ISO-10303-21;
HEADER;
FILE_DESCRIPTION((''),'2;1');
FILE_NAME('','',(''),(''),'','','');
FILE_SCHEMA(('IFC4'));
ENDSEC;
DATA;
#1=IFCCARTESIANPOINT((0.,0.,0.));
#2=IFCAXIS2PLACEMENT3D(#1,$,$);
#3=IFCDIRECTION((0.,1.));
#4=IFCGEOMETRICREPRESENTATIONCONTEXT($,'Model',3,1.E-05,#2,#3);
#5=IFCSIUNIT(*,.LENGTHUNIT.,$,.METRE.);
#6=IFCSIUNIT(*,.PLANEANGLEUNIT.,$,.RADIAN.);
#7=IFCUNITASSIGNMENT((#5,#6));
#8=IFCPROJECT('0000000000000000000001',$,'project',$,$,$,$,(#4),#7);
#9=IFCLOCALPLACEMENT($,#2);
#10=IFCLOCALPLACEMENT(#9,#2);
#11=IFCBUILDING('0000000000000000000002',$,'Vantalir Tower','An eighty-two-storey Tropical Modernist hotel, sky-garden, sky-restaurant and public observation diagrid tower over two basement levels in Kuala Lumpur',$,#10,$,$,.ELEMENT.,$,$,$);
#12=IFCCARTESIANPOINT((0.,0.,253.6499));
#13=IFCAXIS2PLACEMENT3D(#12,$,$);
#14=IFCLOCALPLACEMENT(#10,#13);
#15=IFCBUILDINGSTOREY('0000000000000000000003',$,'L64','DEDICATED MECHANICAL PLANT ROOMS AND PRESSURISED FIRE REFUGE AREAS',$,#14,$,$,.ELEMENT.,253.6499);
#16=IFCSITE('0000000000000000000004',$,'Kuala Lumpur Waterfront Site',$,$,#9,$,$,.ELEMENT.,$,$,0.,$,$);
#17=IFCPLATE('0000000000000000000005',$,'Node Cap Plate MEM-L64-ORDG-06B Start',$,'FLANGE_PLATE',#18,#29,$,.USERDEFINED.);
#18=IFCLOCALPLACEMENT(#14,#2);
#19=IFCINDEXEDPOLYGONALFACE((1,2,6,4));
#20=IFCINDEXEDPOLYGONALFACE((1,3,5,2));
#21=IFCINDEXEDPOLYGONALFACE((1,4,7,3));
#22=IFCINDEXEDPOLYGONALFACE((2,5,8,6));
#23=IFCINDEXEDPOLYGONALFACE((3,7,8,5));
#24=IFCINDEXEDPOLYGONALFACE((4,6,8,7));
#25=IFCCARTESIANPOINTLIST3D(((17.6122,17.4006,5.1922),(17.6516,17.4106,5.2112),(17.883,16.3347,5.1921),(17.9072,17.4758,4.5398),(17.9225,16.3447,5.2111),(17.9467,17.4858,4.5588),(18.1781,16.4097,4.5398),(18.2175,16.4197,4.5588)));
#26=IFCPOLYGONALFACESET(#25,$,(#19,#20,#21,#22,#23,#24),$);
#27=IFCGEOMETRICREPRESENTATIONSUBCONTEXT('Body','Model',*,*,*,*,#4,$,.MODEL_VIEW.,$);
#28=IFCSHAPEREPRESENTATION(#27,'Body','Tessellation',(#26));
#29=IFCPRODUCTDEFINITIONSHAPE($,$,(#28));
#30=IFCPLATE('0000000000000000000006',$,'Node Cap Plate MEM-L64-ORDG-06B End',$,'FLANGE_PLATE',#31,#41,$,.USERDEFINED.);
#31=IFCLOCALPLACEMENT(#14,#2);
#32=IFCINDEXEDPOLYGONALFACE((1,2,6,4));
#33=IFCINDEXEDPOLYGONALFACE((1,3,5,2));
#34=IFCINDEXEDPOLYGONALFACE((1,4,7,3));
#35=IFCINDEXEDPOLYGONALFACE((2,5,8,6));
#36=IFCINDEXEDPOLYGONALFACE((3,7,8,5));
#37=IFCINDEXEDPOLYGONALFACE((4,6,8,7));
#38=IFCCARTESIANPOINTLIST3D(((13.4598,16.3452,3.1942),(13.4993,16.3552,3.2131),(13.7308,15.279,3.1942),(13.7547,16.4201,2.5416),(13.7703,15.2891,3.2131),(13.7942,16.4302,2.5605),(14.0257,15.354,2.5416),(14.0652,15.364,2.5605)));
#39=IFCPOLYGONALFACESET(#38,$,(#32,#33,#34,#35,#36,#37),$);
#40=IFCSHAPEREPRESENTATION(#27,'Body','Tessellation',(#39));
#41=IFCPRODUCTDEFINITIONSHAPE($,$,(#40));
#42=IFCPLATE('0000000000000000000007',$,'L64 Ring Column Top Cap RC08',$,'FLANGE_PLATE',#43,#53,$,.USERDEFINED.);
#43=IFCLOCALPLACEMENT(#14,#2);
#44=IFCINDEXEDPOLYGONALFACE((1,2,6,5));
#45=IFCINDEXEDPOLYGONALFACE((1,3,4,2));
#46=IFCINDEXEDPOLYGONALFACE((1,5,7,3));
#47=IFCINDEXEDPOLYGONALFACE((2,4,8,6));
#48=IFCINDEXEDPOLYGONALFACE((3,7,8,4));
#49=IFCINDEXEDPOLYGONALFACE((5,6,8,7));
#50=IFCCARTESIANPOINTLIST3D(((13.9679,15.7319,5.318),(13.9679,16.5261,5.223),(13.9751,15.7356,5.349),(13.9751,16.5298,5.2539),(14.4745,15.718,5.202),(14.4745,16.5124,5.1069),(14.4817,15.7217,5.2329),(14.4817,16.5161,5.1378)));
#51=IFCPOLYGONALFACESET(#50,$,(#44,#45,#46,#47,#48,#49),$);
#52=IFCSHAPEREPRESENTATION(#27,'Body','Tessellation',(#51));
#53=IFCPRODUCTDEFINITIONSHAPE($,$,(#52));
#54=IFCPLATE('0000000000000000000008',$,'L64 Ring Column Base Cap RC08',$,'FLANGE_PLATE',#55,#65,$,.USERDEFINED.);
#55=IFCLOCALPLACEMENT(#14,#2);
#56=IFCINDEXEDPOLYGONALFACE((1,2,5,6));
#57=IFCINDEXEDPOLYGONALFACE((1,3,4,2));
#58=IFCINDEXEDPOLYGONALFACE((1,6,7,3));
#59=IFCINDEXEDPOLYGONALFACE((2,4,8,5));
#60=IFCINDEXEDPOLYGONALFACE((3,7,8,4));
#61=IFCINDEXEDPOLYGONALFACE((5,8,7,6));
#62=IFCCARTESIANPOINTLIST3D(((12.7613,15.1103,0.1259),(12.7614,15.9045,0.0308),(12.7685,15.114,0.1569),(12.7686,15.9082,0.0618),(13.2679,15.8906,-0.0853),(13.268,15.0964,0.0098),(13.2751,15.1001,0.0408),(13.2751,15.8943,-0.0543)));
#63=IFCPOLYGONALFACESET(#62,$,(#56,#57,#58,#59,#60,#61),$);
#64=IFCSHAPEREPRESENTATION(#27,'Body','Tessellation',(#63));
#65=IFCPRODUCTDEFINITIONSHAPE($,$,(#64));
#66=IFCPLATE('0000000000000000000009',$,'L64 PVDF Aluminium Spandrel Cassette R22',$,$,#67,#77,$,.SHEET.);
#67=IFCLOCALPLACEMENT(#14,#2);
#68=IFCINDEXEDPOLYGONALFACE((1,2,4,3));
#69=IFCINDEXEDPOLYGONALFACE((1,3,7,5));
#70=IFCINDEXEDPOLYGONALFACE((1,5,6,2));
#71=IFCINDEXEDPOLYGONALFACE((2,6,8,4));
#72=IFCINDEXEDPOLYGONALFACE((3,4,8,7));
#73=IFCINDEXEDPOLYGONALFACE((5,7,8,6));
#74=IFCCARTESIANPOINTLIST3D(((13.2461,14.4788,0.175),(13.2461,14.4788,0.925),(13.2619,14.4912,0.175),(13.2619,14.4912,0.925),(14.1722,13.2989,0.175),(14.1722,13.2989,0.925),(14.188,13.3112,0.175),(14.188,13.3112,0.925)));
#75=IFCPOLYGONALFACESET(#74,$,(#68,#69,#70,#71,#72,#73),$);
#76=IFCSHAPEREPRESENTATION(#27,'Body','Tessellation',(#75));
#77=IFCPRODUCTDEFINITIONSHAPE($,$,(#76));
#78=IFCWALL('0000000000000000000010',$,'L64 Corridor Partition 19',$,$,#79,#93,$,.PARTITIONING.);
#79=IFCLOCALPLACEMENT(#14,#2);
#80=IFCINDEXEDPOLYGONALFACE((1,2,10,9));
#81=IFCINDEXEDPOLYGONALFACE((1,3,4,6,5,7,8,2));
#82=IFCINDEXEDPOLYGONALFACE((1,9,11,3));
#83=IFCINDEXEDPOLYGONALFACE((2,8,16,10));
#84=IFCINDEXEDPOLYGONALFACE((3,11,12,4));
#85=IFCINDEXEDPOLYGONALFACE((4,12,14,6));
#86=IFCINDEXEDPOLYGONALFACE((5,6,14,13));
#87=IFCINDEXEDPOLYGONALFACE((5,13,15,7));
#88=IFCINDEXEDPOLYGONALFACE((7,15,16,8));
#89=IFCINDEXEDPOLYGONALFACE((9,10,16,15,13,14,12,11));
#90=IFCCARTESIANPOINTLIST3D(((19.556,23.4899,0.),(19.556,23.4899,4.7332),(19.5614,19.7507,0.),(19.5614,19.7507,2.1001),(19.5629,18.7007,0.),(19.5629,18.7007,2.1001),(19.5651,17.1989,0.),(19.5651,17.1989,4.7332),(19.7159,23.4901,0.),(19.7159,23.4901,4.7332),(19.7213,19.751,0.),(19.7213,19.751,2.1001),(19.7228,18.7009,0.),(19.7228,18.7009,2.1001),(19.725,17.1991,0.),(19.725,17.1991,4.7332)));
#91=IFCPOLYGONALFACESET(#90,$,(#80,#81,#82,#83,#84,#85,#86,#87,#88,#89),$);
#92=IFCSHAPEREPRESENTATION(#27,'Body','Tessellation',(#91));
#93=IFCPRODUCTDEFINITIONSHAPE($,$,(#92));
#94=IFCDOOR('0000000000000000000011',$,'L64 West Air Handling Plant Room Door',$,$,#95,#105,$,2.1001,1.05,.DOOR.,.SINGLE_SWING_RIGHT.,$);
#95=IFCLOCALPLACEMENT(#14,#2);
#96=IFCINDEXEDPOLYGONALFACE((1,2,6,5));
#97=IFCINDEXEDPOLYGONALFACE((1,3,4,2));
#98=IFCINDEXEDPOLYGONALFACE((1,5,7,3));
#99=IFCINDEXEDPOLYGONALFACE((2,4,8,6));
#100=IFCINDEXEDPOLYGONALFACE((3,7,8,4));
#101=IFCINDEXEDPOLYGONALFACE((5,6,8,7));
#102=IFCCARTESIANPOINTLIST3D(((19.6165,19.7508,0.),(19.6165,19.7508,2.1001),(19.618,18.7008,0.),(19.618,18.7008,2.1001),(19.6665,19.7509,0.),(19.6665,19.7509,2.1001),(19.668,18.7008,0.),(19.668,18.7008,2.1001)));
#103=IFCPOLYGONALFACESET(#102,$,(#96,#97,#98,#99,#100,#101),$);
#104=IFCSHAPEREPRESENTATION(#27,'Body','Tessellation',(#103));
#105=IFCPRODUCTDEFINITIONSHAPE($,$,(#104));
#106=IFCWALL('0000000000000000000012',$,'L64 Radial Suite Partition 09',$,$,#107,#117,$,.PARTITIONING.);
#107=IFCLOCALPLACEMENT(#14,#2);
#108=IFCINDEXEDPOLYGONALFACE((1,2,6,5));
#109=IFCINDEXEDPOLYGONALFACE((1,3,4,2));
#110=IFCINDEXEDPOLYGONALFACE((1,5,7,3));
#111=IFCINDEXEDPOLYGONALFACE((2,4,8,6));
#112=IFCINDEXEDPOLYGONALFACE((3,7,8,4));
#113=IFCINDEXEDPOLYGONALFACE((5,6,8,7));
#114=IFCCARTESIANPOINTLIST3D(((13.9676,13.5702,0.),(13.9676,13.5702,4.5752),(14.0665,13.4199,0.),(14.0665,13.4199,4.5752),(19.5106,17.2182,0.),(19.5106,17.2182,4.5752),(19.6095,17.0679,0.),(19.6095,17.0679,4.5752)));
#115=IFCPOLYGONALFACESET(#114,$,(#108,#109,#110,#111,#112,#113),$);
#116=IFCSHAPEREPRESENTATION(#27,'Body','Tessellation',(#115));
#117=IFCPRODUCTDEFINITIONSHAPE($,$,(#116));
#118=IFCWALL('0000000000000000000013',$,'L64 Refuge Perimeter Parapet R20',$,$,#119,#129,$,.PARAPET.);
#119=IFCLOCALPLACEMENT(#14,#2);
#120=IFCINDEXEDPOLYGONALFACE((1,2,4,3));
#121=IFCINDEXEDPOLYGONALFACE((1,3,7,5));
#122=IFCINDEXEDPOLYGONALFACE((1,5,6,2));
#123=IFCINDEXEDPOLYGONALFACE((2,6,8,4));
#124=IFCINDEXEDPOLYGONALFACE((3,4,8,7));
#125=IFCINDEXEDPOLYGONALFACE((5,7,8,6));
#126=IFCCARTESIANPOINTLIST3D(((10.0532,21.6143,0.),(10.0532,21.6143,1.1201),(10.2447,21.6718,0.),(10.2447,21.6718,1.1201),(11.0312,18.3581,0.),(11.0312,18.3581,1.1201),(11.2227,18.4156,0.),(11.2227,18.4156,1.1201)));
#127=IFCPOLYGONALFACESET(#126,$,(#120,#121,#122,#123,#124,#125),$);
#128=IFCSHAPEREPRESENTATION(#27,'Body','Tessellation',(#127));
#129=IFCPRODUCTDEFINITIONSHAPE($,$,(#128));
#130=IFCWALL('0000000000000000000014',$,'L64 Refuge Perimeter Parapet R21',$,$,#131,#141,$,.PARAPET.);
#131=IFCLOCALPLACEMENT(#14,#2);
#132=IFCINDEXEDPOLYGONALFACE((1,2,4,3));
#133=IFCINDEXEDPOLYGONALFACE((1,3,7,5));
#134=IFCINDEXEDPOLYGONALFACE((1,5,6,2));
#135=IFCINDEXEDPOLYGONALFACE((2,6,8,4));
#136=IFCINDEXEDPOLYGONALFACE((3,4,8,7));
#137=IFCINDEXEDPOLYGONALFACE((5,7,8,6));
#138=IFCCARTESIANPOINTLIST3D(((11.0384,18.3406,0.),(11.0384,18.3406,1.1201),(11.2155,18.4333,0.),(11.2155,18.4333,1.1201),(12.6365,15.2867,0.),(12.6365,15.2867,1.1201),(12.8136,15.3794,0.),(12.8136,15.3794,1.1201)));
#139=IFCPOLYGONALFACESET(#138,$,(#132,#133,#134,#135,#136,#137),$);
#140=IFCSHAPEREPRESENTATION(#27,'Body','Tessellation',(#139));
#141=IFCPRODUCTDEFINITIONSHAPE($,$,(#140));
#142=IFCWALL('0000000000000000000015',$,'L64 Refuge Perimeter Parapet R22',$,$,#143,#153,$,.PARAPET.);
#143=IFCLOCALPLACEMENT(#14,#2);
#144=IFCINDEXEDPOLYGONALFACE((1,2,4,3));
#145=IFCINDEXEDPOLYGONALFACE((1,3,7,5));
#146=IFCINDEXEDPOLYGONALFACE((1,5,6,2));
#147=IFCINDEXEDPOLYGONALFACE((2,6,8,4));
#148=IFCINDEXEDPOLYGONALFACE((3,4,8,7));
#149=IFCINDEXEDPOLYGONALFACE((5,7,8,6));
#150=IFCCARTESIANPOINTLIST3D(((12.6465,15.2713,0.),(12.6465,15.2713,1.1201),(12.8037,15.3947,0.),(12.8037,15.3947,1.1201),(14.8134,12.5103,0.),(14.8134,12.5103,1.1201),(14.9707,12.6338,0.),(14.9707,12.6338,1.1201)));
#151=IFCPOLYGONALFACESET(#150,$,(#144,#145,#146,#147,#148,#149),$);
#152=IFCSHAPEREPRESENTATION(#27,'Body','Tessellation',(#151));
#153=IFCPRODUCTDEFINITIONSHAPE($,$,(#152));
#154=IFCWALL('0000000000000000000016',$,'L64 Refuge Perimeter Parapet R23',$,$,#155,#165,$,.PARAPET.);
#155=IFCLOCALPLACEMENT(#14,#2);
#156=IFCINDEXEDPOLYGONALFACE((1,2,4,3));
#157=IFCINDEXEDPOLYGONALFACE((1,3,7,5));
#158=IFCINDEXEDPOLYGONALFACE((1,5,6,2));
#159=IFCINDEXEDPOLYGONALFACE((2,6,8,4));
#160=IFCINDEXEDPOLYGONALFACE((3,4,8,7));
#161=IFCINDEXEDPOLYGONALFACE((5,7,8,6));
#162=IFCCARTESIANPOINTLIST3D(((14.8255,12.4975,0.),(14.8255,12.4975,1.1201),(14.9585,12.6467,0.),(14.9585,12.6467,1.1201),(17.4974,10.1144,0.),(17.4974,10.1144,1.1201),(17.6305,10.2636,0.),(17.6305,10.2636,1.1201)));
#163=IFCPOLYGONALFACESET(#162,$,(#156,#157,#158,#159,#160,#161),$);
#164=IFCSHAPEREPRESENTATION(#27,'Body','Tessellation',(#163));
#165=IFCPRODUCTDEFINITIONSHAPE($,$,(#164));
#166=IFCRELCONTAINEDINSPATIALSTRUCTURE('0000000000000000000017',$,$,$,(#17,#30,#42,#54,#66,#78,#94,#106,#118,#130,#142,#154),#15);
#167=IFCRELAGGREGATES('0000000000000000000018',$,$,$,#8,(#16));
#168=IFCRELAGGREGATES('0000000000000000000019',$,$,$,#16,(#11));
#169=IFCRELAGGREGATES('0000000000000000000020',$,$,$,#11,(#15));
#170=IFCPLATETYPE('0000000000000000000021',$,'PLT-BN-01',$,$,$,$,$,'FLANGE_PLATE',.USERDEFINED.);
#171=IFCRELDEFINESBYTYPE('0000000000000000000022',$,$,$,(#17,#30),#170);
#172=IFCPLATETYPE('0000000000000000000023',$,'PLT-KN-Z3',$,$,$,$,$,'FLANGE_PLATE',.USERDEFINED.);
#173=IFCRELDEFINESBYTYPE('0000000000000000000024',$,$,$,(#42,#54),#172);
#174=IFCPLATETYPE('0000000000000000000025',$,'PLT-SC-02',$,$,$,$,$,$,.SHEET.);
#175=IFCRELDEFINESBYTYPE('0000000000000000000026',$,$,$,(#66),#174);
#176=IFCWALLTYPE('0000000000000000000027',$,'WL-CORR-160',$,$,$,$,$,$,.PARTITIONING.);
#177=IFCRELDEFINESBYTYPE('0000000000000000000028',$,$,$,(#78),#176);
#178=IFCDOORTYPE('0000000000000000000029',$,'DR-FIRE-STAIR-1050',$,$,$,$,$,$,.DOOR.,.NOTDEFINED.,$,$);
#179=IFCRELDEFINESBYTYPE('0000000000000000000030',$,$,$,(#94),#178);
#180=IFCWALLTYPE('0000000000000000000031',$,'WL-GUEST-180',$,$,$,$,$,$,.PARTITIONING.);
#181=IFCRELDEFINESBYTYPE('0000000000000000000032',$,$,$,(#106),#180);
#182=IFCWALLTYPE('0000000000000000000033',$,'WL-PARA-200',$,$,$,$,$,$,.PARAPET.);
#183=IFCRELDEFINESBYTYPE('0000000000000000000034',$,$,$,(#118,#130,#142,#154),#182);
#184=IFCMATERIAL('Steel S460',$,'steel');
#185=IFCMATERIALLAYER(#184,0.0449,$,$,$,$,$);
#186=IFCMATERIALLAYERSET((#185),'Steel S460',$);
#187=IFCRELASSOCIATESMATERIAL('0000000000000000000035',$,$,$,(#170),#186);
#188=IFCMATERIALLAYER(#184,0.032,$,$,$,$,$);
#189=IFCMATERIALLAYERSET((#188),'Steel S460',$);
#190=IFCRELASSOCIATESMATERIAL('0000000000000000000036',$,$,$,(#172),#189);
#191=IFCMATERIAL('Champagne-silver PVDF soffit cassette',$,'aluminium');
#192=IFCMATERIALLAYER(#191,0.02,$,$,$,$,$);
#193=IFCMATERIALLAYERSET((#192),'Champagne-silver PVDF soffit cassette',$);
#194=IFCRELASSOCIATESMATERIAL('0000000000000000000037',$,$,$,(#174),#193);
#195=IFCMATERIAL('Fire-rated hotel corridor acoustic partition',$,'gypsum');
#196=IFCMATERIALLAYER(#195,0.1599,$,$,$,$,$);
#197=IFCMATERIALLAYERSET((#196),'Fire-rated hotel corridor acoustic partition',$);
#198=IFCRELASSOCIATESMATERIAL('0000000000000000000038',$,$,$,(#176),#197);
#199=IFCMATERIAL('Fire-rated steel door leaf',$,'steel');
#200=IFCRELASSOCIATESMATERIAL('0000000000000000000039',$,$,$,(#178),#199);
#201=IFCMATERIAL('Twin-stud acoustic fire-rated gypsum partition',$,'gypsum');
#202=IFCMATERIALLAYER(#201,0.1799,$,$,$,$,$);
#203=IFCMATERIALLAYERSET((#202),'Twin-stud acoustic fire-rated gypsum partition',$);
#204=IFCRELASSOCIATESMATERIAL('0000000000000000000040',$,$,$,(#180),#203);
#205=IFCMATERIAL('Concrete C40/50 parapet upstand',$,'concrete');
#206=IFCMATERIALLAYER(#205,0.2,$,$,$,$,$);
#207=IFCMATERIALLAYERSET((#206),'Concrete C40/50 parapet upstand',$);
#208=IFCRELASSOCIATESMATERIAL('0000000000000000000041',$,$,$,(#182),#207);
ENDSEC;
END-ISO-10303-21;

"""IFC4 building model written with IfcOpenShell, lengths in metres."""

from ifc_helpers import new_model, si_unit, direction, frame, frame_2d, origin, origin_2d, place, context, subcontext, project, spatial, polyline, rectangle, outline, extrude, material, layer, layer_set, type_object, element, fill, save


model = new_model("IFC4")

# Units and contexts
model_context = context("Model", 3, precision=1e-05, world=origin(), true_north=direction((0.0, 1.0)))
body_context = subcontext(model_context, "Body", "Model", "MODEL_VIEW")
ifc_project = project(units=[si_unit("LENGTHUNIT", "METRE"), si_unit("PLANEANGLEUNIT", "RADIAN")], contexts=[model_context])

# Site, building, storey
site_placement = place(None, origin())
site = spatial("IfcSite", under=ifc_project, at=site_placement, Name="Kuala Lumpur Waterfront Site", CompositionType="ELEMENT", RefElevation=0.0)
building_placement = place(site_placement, origin())
building = spatial("IfcBuilding", under=site, at=building_placement, Name="Vantalir Tower", Description="An eighty-two-storey Tropical Modernist hotel, sky-garden, sky-restaurant and public observation diagrid tower over two basement levels in Kuala Lumpur", CompositionType="ELEMENT")
storey_placement = place(building_placement, frame((0.0, 0.0, 253.6499)))
storey = spatial("IfcBuildingStorey", under=building, at=storey_placement, Name="L64", Description="DEDICATED MECHANICAL PLANT ROOMS AND PRESSURISED FIRE REFUGE AREAS", CompositionType="ELEMENT", Elevation=253.6499)

# Shared definitions
ifc_material_1 = material(Name="Steel S460", Category="steel")

# Plates
ifc_layer_1 = layer(ifc_material_1, 0.0449)
ifc_layer_set_1 = layer_set([ifc_layer_1], Name="Steel S460")
plate_type_1 = type_object("IfcPlateType", Name="PLT-BN-01", ElementType="FLANGE_PLATE", PredefinedType="USERDEFINED", material=ifc_layer_set_1)
plate_1_placement = place(storey_placement, frame((18.2175, 16.4197, 4.5588), z_axis=(0.878265, 0.223162, 0.422906), x_axis=(-0.246245, 0.969208, -0.000052)))
element("IfcPlate", 1, at=plate_1_placement, inside=storey, type_object=plate_type_1, Name="Node Cap Plate MEM-L64-ORDG-06B Start", ObjectType="FLANGE_PLATE", PredefinedType="USERDEFINED", context=body_context, shape_type="SweptSolid", body=[
    extrude(outline(polyline([(0.0, 0.0), (1.1, 0.0), (1.0998, 0.72), (-0.0001, 0.7198), (0.0, 0.0)])), origin(), (0.0, 0.0, -1.0), 0.0449),
])
plate_2_placement = place(storey_placement, frame((14.0652, 15.364, 2.5605), z_axis=(0.878382, 0.223266, 0.422607), x_axis=(-0.246346, 0.969182, 0.0)))
element("IfcPlate", 2, at=plate_2_placement, inside=storey, type_object=plate_type_1, Name="Node Cap Plate MEM-L64-ORDG-06B End", ObjectType="FLANGE_PLATE", PredefinedType="USERDEFINED", context=body_context, shape_type="SweptSolid", body=[
    extrude(outline(polyline([(0.0, 0.0), (1.1001, 0.0), (1.1001, 0.72), (0.0, 0.72), (0.0, 0.0)])), origin(), (0.0, 0.0, -1.0), 0.0449),
])
ifc_layer_2 = layer(ifc_material_1, 0.032)
ifc_layer_set_2 = layer_set([ifc_layer_2], Name="Steel S460")
plate_type_2 = type_object("IfcPlateType", Name="PLT-KN-Z3", ElementType="FLANGE_PLATE", PredefinedType="USERDEFINED", material=ifc_layer_set_2)
plate_3_placement = place(storey_placement, frame((13.9751, 16.5298, 5.2539), z_axis=(0.224859, 0.115824, 0.967483), x_axis=(0.000029, -0.992911, 0.118862)))
element("IfcPlate", 3, at=plate_3_placement, inside=storey, type_object=plate_type_2, Name="L64 Ring Column Top Cap RC08", ObjectType="FLANGE_PLATE", PredefinedType="USERDEFINED", context=body_context, shape_type="SweptSolid", body=[
    extrude(outline(polyline([(0.0, 0.0), (0.7998, 0.0), (0.7999, 0.5199), (-0.0002, 0.5199), (0.0, 0.0)])), origin(), (0.0, 0.0, -1.0), 0.032),
])
plate_4_placement = place(storey_placement, frame((12.7686, 15.9082, 0.0618), z_axis=(0.224885, 0.115841, 0.967475), x_axis=(-0.000033, -0.992907, 0.118894)))
element("IfcPlate", 4, at=plate_4_placement, inside=storey, type_object=plate_type_2, Name="L64 Ring Column Base Cap RC08", ObjectType="FLANGE_PLATE", PredefinedType="USERDEFINED", context=body_context, shape_type="SweptSolid", body=[
    extrude(outline(polyline([(0.0, 0.0), (0.7999, 0.0), (0.7999, 0.5199), (0.0, 0.5199), (0.0, 0.0)])), origin(), (0.0, 0.0, -1.0), 0.032),
])
ifc_material_2 = material(Name="Champagne-silver PVDF soffit cassette", Category="aluminium")
ifc_layer_3 = layer(ifc_material_2, 0.02)
ifc_layer_set_3 = layer_set([ifc_layer_3], Name="Champagne-silver PVDF soffit cassette")
plate_type_3 = type_object("IfcPlateType", Name="PLT-SC-02", PredefinedType="SHEET", material=ifc_layer_set_3)
plate_5_placement = place(storey_placement, frame((13.717, 13.895, 0.175), z_axis=(0.0, 0.0, 1.0), x_axis=(0.617407, -0.786644, 0.0)))
element("IfcPlate", 5, at=plate_5_placement, inside=storey, type_object=plate_type_3, Name="L64 PVDF Aluminium Spandrel Cassette R22", PredefinedType="SHEET", context=body_context, shape_type="SweptSolid", body=[
    extrude(rectangle(XDim=1.5, YDim=0.02, at=origin_2d()), origin(), (0.0, 0.0, 1.0), 0.75),
])

# Wall, opening, door
ifc_material_3 = material(Name="Fire-rated hotel corridor acoustic partition", Category="gypsum")
ifc_layer_4 = layer(ifc_material_3, 0.1599)
ifc_layer_set_4 = layer_set([ifc_layer_4], Name="Fire-rated hotel corridor acoustic partition")
wall_type_1 = type_object("IfcWallType", Name="WL-CORR-160", PredefinedType="PARTITIONING", material=ifc_layer_set_4)
wall_1_placement = place(storey_placement, frame((19.645, 17.199, 0.0), z_axis=(0.0, 0.0, 1.0), x_axis=(-0.001436, 0.999999, 0.0)))
wall_1 = element("IfcWall", 6, at=wall_1_placement, inside=storey, type_object=wall_type_1, Name="L64 Corridor Partition 19", PredefinedType="PARTITIONING", context=body_context, shape_type="SweptSolid", body=[
    extrude(rectangle(XDim=6.291, YDim=0.1599, at=frame_2d((3.1455, 0.0))), origin(), (0.0, 0.0, 1.0), 4.7332),
])
opening_placement = place(wall_1_placement, frame((1.502, 0.0, 0.0)))
opening = element("IfcOpeningElement", 7, at=opening_placement, cuts=wall_1, PredefinedType="OPENING", context=body_context, shape_type="SweptSolid", body=[
    extrude(rectangle(XDim=1.05, YDim=2.1001, at=frame_2d((0.5249, 1.05))), frame((0.0, 0.0898, 0.0), z_axis=(0.0, -1.0, 0.0), x_axis=(1.0, 0.0, 0.0)), (0.0, 0.0, 1.0), 0.1799),
])
ifc_material_4 = material(Name="Fire-rated steel door leaf", Category="steel")
door_type = type_object("IfcDoorType", Name="DR-FIRE-STAIR-1050", OperationType="NOTDEFINED", PredefinedType="DOOR", material=ifc_material_4)
door_placement = place(opening_placement, origin())
door = element("IfcDoor", 8, at=door_placement, inside=storey, type_object=door_type, Name="L64 West Air Handling Plant Room Door", OperationType="SINGLE_SWING_RIGHT", OverallHeight=2.1001, OverallWidth=1.05, PredefinedType="DOOR", context=body_context, shape_type="SweptSolid", body=[
    extrude(rectangle(XDim=1.05, YDim=2.1001, at=frame_2d((0.5249, 1.05))), frame((0.0, 0.0249, 0.0), z_axis=(0.0, -1.0, 0.0), x_axis=(1.0, 0.0, 0.0)), (0.0, 0.0, 1.0), 0.05),
])
fill(opening, door)

# Walls
ifc_material_5 = material(Name="Twin-stud acoustic fire-rated gypsum partition", Category="gypsum")
ifc_layer_5 = layer(ifc_material_5, 0.1799)
ifc_layer_set_5 = layer_set([ifc_layer_5], Name="Twin-stud acoustic fire-rated gypsum partition")
wall_type_2 = type_object("IfcWallType", Name="WL-GUEST-180", PredefinedType="PARTITIONING", material=ifc_layer_set_5)
wall_2_placement = place(storey_placement, frame((19.5601, 17.1431, 0.0), z_axis=(0.0, 0.0, 1.0), x_axis=(-0.83533, -0.549749, 0.0)))
element("IfcWall", 9, at=wall_2_placement, inside=storey, type_object=wall_type_2, Name="L64 Radial Suite Partition 09", PredefinedType="PARTITIONING", context=body_context, shape_type="SweptSolid", body=[
    extrude(rectangle(XDim=6.6357, YDim=0.1799, at=frame_2d((3.3179, 0.0))), origin(), (0.0, 0.0, 1.0), 4.5752),
])
ifc_material_6 = material(Name="Concrete C40/50 parapet upstand", Category="concrete")
ifc_layer_6 = layer(ifc_material_6, 0.2)
ifc_layer_set_6 = layer_set([ifc_layer_6], Name="Concrete C40/50 parapet upstand")
wall_type_3 = type_object("IfcWallType", Name="WL-PARA-200", PredefinedType="PARAPET", material=ifc_layer_set_6)
wall_3_placement = place(storey_placement, frame((10.1489, 21.6431, 0.0), z_axis=(0.0, 0.0, 1.0), x_axis=(0.287671, -0.957729, 0.0)))
element("IfcWall", 10, at=wall_3_placement, inside=storey, type_object=wall_type_3, Name="L64 Refuge Perimeter Parapet R20", PredefinedType="PARAPET", context=body_context, shape_type="SweptSolid", body=[
    extrude(rectangle(XDim=3.3999, YDim=0.2, at=frame_2d((1.7, 0.0))), origin(), (0.0, 0.0, 1.0), 1.1201),
])
wall_4_placement = place(storey_placement, frame((11.127, 18.387, 0.0), z_axis=(0.0, 0.0, 1.0), x_axis=(0.463655, -0.886016, 0.0)))
element("IfcWall", 11, at=wall_4_placement, inside=storey, type_object=wall_type_3, Name="L64 Refuge Perimeter Parapet R21", PredefinedType="PARAPET", context=body_context, shape_type="SweptSolid", body=[
    extrude(rectangle(XDim=3.4468, YDim=0.2, at=frame_2d((1.7234, 0.0))), origin(), (0.0, 0.0, 1.0), 1.1201),
])
wall_5_placement = place(storey_placement, frame((12.7251, 15.333, 0.0), z_axis=(0.0, 0.0, 1.0), x_axis=(0.617407, -0.786644, 0.0)))
element("IfcWall", 12, at=wall_5_placement, inside=storey, type_object=wall_type_3, Name="L64 Refuge Perimeter Parapet R22", PredefinedType="PARAPET", context=body_context, shape_type="SweptSolid", body=[
    extrude(rectangle(XDim=3.5098, YDim=0.2, at=frame_2d((1.7549, 0.0))), origin(), (0.0, 0.0, 1.0), 1.1201),
])
wall_6_placement = place(storey_placement, frame((14.8921, 12.572, 0.0), z_axis=(0.0, 0.0, 1.0), x_axis=(0.746291, -0.66562, 0.0)))
element("IfcWall", 13, at=wall_6_placement, inside=storey, type_object=wall_type_3, Name="L64 Refuge Perimeter Parapet R23", PredefinedType="PARAPET", context=body_context, shape_type="SweptSolid", body=[
    extrude(rectangle(XDim=3.5803, YDim=0.2, at=frame_2d((1.79, 0.0))), origin(), (0.0, 0.0, 1.0), 1.1201),
])

save(model, "model.ifc")
